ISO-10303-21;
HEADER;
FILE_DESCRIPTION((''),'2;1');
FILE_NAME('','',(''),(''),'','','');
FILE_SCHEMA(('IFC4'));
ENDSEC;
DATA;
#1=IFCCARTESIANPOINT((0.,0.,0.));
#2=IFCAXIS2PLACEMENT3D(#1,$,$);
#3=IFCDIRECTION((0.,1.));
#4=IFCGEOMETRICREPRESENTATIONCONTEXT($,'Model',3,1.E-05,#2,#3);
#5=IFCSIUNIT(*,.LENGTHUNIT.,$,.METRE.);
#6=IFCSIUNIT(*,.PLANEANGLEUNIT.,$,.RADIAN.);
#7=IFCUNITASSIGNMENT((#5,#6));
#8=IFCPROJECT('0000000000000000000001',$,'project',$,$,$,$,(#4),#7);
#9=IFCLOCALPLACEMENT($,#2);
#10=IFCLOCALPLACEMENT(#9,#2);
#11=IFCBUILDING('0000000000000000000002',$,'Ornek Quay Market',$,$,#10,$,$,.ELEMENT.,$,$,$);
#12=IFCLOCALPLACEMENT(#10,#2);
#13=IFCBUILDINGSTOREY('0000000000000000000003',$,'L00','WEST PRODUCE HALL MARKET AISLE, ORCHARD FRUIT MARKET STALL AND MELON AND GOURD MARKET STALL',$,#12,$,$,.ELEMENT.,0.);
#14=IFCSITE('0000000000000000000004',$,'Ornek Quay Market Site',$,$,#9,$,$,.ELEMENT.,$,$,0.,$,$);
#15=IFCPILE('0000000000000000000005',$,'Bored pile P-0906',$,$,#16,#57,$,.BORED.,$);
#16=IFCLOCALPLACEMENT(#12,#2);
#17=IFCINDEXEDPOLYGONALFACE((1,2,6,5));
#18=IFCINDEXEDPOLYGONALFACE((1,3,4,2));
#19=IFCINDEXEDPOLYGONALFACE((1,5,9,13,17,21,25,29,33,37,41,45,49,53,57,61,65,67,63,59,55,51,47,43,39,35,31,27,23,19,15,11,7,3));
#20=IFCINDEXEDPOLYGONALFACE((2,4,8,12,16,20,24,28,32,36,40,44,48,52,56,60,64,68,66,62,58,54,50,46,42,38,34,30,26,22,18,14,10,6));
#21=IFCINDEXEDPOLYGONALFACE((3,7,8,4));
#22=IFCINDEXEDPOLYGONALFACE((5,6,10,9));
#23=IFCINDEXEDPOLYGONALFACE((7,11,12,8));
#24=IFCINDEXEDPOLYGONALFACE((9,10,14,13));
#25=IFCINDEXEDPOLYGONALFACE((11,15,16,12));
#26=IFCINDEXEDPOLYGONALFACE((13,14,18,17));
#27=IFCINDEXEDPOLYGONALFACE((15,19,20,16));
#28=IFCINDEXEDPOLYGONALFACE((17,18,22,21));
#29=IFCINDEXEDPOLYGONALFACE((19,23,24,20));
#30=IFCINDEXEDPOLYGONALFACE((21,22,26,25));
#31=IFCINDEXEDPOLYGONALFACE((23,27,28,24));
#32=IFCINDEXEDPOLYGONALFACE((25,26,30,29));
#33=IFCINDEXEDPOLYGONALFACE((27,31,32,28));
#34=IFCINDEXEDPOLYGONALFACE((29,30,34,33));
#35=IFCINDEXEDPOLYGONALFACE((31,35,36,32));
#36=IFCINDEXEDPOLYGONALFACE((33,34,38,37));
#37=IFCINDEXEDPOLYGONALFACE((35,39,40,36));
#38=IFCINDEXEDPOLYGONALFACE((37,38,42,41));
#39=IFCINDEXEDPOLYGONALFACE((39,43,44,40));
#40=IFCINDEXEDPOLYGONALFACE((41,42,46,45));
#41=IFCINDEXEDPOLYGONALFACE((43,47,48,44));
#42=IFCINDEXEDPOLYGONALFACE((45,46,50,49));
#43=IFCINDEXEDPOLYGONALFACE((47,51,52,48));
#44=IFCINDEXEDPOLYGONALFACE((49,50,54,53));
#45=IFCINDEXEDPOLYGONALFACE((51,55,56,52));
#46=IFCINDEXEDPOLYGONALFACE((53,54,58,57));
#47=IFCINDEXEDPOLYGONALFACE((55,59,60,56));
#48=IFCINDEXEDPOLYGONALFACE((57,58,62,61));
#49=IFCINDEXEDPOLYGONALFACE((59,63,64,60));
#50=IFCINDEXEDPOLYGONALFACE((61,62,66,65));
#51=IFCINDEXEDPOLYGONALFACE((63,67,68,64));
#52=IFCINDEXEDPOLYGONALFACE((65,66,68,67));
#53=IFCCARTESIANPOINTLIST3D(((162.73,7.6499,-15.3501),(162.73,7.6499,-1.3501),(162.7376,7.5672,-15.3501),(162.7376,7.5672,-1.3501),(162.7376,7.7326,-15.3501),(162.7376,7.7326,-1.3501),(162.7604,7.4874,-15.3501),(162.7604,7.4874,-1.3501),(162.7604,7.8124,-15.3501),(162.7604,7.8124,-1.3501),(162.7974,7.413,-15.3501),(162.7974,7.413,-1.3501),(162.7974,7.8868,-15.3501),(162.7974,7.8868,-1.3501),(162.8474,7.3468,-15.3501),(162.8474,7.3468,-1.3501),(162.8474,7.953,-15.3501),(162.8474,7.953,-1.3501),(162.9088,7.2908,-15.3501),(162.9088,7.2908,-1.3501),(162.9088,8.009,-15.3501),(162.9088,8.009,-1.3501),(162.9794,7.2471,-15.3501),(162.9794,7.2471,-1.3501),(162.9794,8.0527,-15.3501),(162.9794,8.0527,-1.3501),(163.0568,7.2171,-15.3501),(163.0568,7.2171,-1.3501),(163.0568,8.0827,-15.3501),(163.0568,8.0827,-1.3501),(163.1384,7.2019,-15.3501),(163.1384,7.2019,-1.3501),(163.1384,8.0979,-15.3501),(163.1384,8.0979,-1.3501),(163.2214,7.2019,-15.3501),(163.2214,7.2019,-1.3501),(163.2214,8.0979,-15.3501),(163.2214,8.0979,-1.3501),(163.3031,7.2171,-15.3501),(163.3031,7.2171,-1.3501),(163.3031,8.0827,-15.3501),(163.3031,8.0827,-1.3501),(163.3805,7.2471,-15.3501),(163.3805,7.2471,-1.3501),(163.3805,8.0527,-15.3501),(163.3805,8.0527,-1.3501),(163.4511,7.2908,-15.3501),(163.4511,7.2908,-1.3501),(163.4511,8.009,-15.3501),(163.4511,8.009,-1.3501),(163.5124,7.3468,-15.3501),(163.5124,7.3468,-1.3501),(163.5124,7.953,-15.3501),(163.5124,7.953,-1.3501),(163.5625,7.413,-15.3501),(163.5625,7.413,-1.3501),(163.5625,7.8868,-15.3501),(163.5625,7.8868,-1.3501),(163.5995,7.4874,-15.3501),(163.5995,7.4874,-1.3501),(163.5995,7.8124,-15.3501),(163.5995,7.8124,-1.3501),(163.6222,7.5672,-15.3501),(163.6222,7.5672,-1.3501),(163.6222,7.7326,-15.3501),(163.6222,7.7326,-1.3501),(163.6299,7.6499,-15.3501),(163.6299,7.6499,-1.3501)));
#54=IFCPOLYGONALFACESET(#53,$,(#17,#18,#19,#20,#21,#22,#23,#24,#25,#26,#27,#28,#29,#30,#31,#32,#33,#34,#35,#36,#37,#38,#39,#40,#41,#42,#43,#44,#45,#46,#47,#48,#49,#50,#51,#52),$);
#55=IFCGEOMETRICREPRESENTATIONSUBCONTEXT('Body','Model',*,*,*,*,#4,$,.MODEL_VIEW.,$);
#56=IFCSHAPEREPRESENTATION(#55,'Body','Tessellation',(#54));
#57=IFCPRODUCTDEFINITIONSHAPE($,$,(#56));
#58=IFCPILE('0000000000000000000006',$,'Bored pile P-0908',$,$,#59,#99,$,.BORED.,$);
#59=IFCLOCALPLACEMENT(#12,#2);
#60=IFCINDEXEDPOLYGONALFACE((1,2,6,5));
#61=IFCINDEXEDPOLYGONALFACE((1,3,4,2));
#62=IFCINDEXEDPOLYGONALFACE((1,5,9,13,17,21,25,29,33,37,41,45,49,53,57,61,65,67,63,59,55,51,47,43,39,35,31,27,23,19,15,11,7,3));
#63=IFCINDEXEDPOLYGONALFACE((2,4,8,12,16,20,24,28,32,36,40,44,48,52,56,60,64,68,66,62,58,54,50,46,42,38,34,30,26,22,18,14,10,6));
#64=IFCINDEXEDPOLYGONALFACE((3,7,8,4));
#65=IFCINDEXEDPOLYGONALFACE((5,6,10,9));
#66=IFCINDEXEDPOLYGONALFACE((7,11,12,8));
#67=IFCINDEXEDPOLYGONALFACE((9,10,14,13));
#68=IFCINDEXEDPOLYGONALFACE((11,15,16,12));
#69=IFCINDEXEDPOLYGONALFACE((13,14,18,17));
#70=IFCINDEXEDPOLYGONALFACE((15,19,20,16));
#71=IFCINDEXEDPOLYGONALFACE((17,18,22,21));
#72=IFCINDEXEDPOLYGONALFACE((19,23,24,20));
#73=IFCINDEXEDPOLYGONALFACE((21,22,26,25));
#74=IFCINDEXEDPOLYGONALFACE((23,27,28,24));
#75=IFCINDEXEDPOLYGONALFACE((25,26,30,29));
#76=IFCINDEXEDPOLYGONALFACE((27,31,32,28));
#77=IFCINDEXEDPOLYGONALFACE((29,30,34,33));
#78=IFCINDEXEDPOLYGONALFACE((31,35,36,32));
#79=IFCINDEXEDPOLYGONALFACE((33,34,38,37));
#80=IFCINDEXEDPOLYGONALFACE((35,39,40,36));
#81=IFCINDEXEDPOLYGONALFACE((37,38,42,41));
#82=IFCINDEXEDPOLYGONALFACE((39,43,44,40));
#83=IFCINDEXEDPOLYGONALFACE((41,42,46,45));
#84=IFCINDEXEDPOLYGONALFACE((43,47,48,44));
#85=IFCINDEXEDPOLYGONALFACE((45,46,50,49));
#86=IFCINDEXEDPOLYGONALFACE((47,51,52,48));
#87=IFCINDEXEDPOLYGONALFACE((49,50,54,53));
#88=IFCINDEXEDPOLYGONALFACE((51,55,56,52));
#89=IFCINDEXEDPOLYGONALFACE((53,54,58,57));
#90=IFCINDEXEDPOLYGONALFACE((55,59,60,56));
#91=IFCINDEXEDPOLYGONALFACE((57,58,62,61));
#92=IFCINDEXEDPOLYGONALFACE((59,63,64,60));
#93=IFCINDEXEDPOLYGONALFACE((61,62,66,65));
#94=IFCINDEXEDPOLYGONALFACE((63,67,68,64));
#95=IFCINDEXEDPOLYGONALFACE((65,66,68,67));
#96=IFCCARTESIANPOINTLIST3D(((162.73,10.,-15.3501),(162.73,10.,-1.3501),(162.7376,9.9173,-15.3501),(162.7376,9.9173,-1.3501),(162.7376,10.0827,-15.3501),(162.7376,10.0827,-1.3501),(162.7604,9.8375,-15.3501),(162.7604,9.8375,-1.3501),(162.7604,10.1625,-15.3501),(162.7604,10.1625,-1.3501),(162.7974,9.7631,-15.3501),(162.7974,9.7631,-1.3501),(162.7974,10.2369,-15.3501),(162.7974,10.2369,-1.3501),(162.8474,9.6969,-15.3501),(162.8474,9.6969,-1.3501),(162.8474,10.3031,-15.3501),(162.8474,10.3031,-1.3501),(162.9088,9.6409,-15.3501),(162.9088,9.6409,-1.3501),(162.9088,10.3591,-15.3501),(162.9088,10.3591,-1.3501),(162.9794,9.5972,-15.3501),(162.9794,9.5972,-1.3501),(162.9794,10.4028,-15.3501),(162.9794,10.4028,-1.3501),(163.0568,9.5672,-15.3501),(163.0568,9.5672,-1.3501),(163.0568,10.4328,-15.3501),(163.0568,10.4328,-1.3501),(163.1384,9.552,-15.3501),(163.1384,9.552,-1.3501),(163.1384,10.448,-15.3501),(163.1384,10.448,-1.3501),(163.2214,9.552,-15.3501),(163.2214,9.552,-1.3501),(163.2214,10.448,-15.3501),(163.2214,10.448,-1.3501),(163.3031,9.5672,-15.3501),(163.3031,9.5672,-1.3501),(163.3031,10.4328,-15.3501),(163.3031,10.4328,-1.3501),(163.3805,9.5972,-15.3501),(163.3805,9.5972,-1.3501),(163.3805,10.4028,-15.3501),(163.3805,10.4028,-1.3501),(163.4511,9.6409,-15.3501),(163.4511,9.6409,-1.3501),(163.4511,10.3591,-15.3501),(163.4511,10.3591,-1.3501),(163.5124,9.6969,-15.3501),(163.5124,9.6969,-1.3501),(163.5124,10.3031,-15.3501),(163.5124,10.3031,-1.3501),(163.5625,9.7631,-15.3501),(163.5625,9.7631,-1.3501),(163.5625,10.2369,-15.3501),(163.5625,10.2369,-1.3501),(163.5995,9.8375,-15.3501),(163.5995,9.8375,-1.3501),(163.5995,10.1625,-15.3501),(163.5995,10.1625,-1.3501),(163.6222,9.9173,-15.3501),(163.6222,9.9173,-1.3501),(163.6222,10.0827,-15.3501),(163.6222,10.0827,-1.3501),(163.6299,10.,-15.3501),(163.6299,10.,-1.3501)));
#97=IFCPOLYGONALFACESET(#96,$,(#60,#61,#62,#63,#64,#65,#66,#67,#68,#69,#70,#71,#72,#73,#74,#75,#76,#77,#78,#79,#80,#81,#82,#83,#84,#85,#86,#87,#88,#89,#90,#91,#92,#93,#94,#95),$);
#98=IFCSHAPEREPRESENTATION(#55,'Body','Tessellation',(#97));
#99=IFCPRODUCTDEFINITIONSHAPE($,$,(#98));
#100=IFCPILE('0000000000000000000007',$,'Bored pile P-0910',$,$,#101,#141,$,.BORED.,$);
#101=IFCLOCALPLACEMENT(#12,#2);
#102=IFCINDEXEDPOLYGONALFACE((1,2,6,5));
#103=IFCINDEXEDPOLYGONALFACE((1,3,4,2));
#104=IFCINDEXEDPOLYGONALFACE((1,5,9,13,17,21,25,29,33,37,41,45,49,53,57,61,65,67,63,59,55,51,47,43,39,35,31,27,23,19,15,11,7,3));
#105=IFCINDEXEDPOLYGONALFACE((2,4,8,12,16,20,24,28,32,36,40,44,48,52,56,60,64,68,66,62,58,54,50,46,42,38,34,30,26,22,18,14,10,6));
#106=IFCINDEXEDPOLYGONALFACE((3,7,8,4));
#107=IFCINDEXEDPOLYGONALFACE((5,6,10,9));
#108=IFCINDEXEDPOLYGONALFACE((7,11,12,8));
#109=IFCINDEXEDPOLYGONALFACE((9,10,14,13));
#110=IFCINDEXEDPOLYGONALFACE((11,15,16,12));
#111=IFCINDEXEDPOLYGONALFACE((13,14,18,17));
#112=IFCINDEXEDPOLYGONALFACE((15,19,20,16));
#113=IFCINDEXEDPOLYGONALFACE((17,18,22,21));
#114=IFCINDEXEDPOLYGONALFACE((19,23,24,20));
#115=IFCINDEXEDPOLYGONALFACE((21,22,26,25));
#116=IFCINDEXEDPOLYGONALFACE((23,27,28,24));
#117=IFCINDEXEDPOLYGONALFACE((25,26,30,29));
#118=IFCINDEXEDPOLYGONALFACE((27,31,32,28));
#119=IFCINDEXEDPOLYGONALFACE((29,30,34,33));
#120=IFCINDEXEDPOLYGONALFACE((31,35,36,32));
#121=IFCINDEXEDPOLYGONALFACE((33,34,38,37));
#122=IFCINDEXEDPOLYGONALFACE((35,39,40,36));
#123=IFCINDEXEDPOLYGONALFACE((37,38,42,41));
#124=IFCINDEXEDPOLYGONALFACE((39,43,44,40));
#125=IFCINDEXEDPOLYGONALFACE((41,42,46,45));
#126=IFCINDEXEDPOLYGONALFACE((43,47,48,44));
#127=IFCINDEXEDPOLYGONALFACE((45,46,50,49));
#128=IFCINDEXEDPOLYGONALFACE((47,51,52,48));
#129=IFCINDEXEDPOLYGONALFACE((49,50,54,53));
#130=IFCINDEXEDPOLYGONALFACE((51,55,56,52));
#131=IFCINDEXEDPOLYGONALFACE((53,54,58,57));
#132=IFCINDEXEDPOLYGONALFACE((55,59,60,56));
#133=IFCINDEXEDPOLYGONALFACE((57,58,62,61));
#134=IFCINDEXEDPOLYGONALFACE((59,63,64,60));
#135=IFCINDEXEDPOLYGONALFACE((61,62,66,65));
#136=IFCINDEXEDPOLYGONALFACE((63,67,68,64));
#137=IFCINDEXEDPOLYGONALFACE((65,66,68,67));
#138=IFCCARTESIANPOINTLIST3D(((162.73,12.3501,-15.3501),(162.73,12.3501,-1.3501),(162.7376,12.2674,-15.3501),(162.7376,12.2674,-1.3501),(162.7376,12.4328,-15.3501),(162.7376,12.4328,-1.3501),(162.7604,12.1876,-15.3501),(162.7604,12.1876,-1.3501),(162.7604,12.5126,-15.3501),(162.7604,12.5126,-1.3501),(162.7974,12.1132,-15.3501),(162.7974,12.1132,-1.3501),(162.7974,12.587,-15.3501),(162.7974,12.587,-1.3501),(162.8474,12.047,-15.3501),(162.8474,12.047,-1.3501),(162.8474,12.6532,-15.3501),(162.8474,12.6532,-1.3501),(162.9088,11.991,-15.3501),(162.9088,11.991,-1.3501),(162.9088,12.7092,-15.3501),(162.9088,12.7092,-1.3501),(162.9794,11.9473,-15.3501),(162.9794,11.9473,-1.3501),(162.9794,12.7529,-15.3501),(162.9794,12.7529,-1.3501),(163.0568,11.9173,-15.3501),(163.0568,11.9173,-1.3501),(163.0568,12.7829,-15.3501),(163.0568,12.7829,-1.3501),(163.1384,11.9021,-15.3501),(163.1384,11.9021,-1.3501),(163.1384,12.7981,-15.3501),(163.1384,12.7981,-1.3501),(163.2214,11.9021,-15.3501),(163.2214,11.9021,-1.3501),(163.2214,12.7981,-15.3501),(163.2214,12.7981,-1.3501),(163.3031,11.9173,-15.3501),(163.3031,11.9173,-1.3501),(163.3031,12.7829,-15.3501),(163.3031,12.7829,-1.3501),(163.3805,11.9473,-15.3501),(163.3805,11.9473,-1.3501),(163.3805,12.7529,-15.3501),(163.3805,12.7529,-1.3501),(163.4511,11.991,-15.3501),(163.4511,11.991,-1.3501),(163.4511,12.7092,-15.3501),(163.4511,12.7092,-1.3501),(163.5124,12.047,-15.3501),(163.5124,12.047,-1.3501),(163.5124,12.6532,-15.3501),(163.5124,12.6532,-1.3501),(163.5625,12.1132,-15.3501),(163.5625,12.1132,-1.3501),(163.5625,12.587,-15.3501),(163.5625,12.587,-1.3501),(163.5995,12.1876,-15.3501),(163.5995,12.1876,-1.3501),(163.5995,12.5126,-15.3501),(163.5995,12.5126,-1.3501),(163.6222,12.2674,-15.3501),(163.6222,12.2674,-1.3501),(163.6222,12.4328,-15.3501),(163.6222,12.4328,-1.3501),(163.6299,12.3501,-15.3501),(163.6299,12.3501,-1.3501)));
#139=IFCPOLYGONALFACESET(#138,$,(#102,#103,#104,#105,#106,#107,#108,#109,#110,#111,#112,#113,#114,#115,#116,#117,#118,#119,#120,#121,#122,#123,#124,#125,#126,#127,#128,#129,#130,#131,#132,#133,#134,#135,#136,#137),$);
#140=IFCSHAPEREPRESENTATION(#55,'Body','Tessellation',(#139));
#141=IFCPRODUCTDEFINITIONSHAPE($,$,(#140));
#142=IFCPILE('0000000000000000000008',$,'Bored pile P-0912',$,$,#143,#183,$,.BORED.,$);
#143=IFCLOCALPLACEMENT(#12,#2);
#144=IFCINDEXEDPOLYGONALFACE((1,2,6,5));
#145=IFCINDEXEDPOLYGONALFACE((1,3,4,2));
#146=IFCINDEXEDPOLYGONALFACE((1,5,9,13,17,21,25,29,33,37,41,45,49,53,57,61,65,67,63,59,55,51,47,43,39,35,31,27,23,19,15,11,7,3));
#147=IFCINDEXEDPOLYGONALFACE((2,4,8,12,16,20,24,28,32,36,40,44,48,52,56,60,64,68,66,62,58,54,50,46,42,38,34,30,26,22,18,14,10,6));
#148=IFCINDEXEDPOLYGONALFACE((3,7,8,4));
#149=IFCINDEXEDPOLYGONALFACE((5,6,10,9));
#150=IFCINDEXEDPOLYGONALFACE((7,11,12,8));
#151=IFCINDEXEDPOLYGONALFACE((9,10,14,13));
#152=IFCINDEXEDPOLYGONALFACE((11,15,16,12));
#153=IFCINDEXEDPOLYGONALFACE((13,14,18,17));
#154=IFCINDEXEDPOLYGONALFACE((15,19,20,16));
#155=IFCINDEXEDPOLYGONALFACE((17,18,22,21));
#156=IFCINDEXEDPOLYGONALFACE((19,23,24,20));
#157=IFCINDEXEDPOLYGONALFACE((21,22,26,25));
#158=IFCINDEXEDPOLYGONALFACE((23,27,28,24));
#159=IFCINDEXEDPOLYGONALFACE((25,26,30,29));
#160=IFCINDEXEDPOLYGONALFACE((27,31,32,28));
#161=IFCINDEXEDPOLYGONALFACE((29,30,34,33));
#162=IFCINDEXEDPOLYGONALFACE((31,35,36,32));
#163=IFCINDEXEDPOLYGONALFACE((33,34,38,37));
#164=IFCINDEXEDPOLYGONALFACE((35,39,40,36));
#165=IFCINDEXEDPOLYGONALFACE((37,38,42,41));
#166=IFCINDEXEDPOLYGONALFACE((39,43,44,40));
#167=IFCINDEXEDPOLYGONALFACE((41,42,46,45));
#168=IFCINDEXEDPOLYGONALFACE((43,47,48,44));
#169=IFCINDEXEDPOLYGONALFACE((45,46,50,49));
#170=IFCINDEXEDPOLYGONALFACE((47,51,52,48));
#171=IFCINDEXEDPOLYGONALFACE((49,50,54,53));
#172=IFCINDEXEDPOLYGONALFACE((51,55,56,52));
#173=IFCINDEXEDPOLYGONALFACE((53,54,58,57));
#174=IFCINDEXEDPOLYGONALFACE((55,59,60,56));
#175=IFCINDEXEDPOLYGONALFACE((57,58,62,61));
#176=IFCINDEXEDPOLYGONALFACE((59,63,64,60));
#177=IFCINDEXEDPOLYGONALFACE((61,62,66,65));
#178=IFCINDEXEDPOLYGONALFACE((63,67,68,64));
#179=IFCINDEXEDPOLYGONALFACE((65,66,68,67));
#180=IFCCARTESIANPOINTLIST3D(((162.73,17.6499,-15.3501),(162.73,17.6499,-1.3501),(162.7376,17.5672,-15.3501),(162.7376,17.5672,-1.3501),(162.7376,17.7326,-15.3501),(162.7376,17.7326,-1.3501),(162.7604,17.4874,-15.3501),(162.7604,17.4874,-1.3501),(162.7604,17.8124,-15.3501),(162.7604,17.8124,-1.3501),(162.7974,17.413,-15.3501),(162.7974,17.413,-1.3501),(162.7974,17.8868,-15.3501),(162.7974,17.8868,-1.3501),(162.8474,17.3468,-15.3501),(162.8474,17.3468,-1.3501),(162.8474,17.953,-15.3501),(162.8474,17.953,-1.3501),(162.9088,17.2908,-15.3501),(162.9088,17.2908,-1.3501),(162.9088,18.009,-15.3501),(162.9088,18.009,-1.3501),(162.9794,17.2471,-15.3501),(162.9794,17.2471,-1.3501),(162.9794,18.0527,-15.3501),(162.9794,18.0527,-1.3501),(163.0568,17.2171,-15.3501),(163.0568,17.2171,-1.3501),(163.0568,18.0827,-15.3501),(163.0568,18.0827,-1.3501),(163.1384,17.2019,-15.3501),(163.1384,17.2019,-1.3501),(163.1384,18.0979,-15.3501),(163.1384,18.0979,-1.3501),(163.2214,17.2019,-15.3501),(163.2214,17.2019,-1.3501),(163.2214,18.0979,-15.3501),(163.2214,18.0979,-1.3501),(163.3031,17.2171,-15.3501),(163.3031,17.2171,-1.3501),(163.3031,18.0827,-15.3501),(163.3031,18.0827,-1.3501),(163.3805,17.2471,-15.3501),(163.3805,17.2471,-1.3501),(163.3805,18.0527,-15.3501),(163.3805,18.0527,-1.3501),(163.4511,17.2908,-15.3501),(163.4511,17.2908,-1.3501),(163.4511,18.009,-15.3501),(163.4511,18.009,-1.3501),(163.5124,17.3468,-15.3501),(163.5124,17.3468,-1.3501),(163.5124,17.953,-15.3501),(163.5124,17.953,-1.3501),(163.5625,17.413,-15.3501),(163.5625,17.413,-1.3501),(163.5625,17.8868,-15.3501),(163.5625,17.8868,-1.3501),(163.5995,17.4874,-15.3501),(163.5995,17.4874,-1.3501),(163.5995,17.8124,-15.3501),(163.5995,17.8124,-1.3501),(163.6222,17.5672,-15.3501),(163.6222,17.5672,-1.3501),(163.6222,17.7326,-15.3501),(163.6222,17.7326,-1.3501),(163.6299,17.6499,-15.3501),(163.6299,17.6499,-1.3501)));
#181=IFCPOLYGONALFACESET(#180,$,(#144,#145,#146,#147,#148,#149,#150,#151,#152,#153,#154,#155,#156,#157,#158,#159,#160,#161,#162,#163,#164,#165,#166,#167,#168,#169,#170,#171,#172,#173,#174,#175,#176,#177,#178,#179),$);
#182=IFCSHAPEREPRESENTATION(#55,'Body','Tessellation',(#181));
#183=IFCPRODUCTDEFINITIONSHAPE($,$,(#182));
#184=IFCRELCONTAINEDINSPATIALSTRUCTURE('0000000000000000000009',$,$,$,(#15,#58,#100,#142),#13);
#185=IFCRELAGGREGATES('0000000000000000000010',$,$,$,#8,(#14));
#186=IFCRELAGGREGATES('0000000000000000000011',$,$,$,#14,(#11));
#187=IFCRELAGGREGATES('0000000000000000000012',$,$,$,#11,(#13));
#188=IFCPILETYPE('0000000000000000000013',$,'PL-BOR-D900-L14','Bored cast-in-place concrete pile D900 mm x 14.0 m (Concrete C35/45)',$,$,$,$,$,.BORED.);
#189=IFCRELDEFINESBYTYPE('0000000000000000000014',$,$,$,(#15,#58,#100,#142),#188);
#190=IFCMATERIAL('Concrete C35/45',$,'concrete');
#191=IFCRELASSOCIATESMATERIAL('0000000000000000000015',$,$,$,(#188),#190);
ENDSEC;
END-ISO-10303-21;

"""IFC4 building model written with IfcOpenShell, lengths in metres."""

from ifc_helpers import new_model, si_unit, direction, frame, origin, origin_2d, place, context, subcontext, project, spatial, circle, extrude, material, material_profile, profile_set, type_object, element, save


model = new_model("IFC4")

# Units and contexts
model_context = context("Model", 3, precision=1e-05, world=origin(), true_north=direction((0.0, 1.0)))
body_context = subcontext(model_context, "Body", "Model", "MODEL_VIEW")
ifc_project = project(units=[si_unit("LENGTHUNIT", "METRE"), si_unit("PLANEANGLEUNIT", "RADIAN")], contexts=[model_context])

# Site, building, storey
site_placement = place(None, origin())
site = spatial("IfcSite", under=ifc_project, at=site_placement, Name="Ornek Quay Market Site", CompositionType="ELEMENT", RefElevation=0.0)
building_placement = place(site_placement, origin())
building = spatial("IfcBuilding", under=site, at=building_placement, Name="Ornek Quay Market", CompositionType="ELEMENT")
storey_placement = place(building_placement, origin())
storey = spatial("IfcBuildingStorey", under=building, at=storey_placement, Name="L00", Description="WEST PRODUCE HALL MARKET AISLE, ORCHARD FRUIT MARKET STALL AND MELON AND GOURD MARKET STALL", CompositionType="ELEMENT", Elevation=0.0)

# Piles
ifc_material_1 = material(Name="Concrete C35/45", Category="concrete")
ifc_material_profile_1 = material_profile(ifc_material_1, circle(Radius=0.45, at=origin_2d()), Name="PILE D900", Category="concrete")
ifc_profile_set_1 = profile_set([ifc_material_profile_1], Name="Concrete C35/45")
pile_type = type_object("IfcPileType", Name="PL-BOR-D900-L14", Description="Bored cast-in-place concrete pile D900 mm x 14.0 m (Concrete C35/45)", PredefinedType="BORED", material=ifc_profile_set_1)
for number, where, z_axis, x_axis, name in (
    (1, (163.1799, 7.6499, -1.3501), (0.0, 0.0, -1.0), (1.0, 0.0, 0.0), "Bored pile P-0906"),
    (2, (163.1799, 10.0, -1.3501), (0.0, 0.0, -1.0), (1.0, 0.0, 0.0), "Bored pile P-0908"),
    (3, (163.1799, 12.3501, -1.3501), (0.0, 0.0, -1.0), (1.0, 0.0, 0.0), "Bored pile P-0910"),
    (4, (163.1799, 17.6499, -1.3501), (0.0, 0.0, -1.0), (1.0, 0.0, 0.0), "Bored pile P-0912"),
):
    element("IfcPile", number, at=place(storey_placement, frame(where, z_axis=z_axis, x_axis=x_axis)), inside=storey, type_object=pile_type, Name=name, PredefinedType="BORED", context=body_context, shape_type="SweptSolid", body=[
        extrude(circle(Radius=0.45, at=origin_2d()), origin(), (0.0, 0.0, 1.0), 14.0),
    ])

save(model, "model.ifc")
